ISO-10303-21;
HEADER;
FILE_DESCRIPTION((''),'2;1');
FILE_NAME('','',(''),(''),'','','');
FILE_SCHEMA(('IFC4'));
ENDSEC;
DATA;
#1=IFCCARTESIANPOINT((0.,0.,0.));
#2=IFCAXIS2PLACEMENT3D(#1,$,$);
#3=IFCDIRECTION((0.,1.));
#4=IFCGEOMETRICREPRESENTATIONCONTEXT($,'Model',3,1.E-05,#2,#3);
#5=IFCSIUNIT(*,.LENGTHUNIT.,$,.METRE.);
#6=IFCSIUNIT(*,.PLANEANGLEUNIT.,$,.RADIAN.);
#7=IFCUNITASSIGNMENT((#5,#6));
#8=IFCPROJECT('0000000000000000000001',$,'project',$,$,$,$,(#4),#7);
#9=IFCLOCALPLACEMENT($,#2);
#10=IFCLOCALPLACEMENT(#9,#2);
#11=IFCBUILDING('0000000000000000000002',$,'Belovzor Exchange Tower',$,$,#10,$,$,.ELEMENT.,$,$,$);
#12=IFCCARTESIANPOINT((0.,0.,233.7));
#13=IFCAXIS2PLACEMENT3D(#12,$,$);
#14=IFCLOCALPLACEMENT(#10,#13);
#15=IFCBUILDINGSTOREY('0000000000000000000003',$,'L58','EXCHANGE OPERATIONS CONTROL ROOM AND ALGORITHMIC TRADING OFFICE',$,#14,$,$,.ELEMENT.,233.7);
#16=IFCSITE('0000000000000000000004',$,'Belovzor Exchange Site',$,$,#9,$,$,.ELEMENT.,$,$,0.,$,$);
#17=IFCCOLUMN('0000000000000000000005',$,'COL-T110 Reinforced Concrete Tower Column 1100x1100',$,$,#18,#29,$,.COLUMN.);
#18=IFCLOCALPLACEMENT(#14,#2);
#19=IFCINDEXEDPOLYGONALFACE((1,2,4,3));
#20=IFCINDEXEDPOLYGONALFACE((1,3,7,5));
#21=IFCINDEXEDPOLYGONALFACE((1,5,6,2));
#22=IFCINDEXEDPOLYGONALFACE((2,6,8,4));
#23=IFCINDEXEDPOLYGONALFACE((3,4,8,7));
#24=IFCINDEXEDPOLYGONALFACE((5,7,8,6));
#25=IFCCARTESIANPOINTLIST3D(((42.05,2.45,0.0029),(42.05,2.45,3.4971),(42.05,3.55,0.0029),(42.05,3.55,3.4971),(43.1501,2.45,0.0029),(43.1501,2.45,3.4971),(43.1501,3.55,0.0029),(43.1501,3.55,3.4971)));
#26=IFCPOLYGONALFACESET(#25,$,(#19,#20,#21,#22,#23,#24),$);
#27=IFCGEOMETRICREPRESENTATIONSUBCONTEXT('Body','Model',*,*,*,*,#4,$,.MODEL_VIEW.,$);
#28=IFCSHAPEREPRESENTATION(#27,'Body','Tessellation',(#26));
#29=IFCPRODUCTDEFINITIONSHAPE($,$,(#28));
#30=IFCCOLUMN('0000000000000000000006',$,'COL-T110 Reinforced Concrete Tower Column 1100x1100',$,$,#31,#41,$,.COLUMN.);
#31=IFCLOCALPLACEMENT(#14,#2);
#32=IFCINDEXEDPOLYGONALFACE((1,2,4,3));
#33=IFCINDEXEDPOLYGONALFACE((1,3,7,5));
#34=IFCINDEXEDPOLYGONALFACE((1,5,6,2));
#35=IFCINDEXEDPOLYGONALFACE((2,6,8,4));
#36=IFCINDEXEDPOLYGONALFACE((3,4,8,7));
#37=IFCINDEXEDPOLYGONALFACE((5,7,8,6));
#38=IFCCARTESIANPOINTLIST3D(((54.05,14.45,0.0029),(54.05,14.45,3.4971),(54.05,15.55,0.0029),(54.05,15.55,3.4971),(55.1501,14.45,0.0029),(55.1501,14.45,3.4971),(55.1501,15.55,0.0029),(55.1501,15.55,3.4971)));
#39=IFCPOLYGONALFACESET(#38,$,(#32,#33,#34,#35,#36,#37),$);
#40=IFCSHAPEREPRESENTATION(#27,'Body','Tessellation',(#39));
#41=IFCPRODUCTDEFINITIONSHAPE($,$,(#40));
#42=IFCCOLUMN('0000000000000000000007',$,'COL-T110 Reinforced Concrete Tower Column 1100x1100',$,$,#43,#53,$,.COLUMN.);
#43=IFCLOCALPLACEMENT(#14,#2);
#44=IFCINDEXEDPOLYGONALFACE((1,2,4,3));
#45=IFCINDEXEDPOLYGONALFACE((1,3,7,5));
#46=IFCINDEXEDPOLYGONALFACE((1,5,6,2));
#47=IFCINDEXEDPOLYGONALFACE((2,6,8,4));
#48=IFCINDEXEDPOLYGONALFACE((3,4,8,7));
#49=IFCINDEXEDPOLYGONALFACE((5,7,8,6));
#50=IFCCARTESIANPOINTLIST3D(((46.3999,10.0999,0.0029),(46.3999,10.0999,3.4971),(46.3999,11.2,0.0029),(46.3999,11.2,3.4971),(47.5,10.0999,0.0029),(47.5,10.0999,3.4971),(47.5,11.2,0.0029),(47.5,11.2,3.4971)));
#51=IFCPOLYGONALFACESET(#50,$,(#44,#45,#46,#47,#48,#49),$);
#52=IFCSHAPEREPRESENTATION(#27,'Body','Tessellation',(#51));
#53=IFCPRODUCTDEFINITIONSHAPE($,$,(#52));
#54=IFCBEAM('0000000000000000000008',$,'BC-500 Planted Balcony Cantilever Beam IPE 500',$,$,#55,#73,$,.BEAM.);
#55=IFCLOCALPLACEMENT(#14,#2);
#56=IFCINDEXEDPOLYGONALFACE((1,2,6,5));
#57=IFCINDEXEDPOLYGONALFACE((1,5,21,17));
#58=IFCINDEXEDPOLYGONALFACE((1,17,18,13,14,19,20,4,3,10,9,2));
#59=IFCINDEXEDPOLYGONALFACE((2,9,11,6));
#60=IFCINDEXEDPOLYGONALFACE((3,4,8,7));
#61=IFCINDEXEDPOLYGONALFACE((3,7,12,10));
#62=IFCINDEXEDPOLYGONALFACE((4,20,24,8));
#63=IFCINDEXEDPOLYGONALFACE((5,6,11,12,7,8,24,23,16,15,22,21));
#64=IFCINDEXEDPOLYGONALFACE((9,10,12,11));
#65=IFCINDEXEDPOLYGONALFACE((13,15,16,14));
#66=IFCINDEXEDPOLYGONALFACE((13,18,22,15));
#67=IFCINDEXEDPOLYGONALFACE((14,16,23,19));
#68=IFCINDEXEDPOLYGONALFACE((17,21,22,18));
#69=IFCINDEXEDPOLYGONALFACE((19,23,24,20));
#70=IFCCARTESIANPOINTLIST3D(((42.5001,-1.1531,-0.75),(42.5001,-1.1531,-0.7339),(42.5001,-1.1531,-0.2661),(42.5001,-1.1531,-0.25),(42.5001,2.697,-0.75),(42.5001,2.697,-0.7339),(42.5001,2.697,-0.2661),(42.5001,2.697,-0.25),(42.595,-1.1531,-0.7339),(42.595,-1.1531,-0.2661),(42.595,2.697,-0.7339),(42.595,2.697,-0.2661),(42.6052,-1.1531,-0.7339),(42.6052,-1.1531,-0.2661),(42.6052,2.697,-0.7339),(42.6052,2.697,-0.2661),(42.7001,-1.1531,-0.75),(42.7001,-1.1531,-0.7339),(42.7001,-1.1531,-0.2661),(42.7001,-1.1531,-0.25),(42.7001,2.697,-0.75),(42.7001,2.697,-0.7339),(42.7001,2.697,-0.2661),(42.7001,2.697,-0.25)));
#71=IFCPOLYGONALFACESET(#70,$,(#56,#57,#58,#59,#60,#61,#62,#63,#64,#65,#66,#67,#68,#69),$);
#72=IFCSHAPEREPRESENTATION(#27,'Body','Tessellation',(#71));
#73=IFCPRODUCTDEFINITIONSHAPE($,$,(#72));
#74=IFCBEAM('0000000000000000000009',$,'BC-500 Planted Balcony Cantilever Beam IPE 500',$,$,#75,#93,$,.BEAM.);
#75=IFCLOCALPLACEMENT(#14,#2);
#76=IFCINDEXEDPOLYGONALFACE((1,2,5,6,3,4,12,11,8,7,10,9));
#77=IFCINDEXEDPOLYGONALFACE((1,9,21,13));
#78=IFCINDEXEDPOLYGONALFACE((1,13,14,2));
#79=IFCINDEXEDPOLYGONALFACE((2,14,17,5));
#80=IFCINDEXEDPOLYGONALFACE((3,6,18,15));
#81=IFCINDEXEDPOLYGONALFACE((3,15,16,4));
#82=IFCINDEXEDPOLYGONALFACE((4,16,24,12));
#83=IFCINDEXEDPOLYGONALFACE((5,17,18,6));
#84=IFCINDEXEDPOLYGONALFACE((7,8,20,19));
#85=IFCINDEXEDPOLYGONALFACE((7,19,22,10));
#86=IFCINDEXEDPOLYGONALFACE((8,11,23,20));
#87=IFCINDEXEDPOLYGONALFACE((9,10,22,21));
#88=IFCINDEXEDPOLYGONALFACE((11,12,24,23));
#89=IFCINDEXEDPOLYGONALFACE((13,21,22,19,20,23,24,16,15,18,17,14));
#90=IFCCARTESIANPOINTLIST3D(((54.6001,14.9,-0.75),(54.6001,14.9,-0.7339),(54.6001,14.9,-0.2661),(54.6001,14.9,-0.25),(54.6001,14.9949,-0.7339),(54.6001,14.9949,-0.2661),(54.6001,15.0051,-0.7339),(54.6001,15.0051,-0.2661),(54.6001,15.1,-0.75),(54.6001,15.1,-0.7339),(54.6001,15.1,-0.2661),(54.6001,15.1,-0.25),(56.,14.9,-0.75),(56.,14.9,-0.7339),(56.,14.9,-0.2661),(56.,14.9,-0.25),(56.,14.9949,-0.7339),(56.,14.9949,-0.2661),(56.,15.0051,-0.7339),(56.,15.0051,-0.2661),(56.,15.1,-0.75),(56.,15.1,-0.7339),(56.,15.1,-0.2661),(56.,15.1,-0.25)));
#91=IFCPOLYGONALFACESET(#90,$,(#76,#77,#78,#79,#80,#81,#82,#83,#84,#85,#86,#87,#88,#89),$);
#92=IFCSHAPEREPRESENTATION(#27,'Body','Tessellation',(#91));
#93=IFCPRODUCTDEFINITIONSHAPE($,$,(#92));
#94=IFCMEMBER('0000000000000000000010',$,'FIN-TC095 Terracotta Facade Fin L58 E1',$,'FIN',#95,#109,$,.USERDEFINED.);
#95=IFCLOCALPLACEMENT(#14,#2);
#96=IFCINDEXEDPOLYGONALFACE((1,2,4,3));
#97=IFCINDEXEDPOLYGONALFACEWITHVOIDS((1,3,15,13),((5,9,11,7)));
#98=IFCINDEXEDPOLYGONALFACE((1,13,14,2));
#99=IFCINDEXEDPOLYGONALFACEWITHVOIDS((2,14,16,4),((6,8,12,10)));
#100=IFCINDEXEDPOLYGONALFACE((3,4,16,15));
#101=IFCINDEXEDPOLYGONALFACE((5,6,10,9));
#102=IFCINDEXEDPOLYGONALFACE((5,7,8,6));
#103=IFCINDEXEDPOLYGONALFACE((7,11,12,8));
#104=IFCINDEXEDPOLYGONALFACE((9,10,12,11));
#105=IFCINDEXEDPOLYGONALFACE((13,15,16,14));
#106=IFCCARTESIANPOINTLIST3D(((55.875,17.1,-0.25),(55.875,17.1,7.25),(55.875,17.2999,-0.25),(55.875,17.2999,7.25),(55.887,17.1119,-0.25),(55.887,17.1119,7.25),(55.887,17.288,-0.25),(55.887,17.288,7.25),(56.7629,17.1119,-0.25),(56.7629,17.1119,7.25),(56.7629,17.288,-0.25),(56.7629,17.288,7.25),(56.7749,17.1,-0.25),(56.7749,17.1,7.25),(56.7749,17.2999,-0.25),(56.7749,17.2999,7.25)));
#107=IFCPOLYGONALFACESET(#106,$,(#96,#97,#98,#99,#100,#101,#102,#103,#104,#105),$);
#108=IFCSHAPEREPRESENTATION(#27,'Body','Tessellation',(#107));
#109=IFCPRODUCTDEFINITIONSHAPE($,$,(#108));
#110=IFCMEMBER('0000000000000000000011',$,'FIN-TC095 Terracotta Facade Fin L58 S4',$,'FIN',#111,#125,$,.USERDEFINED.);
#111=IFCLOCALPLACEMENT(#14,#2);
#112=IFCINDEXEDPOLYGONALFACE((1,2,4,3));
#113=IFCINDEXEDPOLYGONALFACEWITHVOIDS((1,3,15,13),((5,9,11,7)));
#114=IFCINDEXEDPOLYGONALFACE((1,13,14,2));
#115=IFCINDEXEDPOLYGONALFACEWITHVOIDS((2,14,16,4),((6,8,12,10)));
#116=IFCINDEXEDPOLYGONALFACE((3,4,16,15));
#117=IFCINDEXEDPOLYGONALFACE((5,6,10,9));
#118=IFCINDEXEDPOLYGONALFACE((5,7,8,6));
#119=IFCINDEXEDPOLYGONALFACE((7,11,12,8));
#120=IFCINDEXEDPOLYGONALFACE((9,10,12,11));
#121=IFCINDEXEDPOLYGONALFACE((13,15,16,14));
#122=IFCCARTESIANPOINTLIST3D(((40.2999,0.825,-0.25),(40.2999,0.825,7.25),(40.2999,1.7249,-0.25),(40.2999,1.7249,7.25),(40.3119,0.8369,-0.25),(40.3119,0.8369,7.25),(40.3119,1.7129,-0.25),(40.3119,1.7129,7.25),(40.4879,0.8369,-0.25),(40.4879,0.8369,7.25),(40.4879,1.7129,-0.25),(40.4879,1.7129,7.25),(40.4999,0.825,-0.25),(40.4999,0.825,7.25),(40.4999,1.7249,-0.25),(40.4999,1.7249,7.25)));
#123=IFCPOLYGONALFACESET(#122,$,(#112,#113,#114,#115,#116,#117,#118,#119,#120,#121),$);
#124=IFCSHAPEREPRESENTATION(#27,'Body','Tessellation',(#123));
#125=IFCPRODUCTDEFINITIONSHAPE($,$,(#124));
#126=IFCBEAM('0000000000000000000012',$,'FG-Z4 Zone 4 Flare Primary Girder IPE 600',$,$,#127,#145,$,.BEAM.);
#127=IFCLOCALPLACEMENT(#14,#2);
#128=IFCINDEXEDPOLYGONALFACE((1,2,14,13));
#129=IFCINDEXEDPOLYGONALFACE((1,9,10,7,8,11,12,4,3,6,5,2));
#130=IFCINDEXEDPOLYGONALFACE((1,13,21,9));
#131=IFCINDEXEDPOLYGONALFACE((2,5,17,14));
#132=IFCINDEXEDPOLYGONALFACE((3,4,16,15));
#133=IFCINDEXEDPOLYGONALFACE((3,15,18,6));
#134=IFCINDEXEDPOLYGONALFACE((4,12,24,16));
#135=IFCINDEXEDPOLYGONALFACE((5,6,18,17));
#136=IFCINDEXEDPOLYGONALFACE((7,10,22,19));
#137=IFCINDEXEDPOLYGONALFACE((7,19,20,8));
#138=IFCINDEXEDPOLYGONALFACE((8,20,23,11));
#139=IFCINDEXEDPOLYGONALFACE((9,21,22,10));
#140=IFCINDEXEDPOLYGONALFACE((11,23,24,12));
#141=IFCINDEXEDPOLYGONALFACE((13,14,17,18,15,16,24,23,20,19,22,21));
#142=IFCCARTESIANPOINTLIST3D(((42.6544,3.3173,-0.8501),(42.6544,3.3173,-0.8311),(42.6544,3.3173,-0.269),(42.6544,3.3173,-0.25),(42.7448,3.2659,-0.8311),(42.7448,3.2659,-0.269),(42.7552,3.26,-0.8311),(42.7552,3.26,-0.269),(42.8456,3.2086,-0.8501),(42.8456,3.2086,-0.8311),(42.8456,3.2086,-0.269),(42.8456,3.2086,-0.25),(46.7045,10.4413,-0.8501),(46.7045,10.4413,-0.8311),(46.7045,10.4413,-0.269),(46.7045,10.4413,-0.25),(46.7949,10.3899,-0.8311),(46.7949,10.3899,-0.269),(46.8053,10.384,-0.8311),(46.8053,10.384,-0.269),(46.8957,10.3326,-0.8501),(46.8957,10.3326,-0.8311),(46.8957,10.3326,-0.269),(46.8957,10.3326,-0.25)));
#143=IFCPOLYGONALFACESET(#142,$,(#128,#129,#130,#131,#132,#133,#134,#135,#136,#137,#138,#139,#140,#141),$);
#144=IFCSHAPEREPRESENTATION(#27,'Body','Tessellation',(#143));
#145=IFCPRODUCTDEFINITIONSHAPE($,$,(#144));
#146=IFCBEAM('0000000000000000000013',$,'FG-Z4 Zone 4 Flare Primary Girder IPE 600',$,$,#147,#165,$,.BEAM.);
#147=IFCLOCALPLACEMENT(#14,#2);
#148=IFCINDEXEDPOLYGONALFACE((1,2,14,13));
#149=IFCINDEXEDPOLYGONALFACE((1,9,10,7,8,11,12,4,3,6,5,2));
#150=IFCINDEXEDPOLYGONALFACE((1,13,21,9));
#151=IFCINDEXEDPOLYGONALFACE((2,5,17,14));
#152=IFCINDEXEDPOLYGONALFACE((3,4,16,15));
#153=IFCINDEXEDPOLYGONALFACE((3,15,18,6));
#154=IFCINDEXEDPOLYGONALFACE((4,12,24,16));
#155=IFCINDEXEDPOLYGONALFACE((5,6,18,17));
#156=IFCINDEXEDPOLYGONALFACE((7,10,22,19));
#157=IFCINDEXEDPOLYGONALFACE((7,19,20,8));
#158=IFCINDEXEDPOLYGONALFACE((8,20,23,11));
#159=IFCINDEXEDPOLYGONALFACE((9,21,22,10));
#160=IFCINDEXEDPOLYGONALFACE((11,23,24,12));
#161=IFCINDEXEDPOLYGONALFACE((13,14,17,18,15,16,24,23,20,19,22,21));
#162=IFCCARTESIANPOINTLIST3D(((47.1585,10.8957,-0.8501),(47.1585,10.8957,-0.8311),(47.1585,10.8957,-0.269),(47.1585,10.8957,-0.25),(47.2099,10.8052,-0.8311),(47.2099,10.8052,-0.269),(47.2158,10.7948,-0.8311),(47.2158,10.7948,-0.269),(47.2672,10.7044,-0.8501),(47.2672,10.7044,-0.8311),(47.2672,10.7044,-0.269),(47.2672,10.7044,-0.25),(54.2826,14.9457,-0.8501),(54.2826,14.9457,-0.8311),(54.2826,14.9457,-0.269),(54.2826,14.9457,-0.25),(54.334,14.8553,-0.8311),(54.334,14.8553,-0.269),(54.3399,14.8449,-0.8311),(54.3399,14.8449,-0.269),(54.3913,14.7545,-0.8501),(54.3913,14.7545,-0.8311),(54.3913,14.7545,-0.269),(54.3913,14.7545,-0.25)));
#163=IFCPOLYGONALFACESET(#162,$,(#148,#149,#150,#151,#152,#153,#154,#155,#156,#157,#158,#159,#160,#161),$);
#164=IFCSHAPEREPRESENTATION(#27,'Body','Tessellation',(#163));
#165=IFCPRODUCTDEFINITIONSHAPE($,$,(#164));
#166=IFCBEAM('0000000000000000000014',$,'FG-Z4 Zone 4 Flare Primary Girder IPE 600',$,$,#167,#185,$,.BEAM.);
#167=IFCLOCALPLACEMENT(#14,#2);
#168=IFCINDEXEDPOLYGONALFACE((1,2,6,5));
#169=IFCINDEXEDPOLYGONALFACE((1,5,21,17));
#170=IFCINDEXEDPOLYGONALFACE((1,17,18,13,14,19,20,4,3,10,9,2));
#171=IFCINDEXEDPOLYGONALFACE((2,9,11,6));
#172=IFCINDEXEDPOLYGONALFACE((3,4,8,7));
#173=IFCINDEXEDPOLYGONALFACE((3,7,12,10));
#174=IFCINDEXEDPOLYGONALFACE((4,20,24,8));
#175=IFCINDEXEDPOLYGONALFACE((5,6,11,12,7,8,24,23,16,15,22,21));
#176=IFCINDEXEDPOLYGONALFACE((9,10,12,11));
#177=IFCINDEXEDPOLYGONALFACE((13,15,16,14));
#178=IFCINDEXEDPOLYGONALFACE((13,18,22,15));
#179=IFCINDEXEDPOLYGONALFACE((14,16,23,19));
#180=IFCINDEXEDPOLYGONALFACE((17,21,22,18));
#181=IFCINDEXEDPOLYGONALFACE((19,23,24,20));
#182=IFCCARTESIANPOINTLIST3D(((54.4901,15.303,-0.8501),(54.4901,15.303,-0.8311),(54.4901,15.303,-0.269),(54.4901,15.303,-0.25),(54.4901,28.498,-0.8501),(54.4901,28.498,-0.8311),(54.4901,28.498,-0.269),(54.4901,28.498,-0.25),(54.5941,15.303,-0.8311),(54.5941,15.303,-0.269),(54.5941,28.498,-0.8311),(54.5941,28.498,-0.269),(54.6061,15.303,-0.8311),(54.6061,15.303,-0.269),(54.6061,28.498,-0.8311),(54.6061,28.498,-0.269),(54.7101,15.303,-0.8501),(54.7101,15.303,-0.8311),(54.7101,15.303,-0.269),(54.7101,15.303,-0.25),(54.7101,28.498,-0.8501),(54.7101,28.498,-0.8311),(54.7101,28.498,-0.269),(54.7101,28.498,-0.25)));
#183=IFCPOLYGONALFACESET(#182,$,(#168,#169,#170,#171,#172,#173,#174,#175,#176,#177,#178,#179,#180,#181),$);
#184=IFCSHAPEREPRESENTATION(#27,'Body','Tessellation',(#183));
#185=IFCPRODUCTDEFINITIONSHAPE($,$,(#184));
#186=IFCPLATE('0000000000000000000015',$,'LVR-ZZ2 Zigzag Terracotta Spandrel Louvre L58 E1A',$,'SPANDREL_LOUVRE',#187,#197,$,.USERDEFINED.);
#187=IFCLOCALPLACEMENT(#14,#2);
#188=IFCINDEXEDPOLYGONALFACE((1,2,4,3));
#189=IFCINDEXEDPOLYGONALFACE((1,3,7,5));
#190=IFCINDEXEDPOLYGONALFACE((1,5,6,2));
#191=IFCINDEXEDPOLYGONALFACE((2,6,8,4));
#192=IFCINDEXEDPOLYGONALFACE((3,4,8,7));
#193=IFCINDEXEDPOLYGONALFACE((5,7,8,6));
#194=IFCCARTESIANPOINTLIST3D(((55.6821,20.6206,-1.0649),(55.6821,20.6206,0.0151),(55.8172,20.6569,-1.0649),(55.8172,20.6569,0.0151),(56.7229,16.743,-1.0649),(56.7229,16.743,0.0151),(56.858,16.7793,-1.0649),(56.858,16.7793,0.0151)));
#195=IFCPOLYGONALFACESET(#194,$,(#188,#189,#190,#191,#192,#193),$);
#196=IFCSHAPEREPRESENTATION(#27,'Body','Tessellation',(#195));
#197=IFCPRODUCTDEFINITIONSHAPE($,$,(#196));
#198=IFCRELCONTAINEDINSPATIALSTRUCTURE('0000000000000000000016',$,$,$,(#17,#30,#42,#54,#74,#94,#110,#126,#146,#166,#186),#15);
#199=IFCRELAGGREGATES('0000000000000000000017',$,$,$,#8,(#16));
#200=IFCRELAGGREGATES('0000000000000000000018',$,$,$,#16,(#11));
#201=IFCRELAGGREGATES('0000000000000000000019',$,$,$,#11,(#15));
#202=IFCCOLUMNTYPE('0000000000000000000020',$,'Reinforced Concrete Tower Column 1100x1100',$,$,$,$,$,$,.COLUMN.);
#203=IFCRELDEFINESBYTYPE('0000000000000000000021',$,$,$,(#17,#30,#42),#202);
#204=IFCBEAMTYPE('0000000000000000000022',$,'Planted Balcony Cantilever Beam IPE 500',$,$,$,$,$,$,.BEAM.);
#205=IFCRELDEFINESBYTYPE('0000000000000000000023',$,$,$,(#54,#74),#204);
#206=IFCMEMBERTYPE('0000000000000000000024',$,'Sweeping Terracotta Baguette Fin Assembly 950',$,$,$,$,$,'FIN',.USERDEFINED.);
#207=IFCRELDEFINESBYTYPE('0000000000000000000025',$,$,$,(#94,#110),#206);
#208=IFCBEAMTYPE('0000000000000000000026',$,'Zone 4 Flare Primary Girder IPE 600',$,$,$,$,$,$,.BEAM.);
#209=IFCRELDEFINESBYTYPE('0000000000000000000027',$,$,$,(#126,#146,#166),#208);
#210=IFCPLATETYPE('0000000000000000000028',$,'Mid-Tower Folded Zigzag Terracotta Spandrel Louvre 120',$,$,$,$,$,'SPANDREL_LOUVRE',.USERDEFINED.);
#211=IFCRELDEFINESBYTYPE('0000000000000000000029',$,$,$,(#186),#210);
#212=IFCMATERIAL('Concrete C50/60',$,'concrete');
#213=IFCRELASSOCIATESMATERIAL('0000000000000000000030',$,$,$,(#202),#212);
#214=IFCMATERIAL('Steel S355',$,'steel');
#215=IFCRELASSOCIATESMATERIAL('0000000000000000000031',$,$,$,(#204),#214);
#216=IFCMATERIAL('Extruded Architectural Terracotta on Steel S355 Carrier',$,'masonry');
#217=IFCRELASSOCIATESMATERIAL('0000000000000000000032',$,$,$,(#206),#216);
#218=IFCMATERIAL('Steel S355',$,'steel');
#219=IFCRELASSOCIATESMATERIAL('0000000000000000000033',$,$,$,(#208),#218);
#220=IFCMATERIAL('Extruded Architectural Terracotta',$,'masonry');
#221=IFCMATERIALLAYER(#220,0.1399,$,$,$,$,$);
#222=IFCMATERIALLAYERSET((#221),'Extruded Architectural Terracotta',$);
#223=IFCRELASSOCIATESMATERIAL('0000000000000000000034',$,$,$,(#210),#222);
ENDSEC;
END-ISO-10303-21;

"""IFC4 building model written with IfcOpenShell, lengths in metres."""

from ifc_helpers import new_model, si_unit, direction, frame, origin, origin_2d, place, context, subcontext, project, spatial, rectangle, hollow_rectangle, i_section, extrude, material, layer, layer_set, material_profile, profile_set, type_object, element, save


model = new_model("IFC4")

# Units and contexts
model_context = context("Model", 3, precision=1e-05, world=origin(), true_north=direction((0.0, 1.0)))
body_context = subcontext(model_context, "Body", "Model", "MODEL_VIEW")
ifc_project = project(units=[si_unit("LENGTHUNIT", "METRE"), si_unit("PLANEANGLEUNIT", "RADIAN")], contexts=[model_context])

# Site, building, storey
site_placement = place(None, origin())
site = spatial("IfcSite", under=ifc_project, at=site_placement, Name="Belovzor Exchange Site", CompositionType="ELEMENT", RefElevation=0.0)
building_placement = place(site_placement, origin())
building = spatial("IfcBuilding", under=site, at=building_placement, Name="Belovzor Exchange Tower", CompositionType="ELEMENT")
storey_placement = place(building_placement, frame((0.0, 0.0, 233.7)))
storey = spatial("IfcBuildingStorey", under=building, at=storey_placement, Name="L58", Description="EXCHANGE OPERATIONS CONTROL ROOM AND ALGORITHMIC TRADING OFFICE", CompositionType="ELEMENT", Elevation=233.7)

# Columns
ifc_material_1 = material(Name="Concrete C50/60", Category="concrete")
ifc_material_profile_1 = material_profile(ifc_material_1, rectangle(XDim=1.1001, YDim=1.1001, at=origin_2d()))
ifc_profile_set_1 = profile_set([ifc_material_profile_1], Name="Concrete C50/60")
column_type = type_object("IfcColumnType", Name="Reinforced Concrete Tower Column 1100x1100", PredefinedType="COLUMN", material=ifc_profile_set_1)
for number, where, z_axis, x_axis, name in (
    (1, (42.6001, 3.0, 0.0029), (0.0, 0.0, 1.0), (1.0, 0.0, 0.0), "COL-T110 Reinforced Concrete Tower Column 1100x1100"),
    (2, (54.6001, 15.0, 0.0029), (0.0, 0.0, 1.0), (1.0, 0.0, 0.0), "COL-T110 Reinforced Concrete Tower Column 1100x1100"),
    (3, (46.95, 10.6499, 0.0029), (0.0, 0.0, 1.0), (1.0, 0.0, 0.0), "COL-T110 Reinforced Concrete Tower Column 1100x1100"),
):
    element("IfcColumn", number, at=place(storey_placement, frame(where, z_axis=z_axis, x_axis=x_axis)), inside=storey, type_object=column_type, Name=name, PredefinedType="COLUMN", context=body_context, shape_type="SweptSolid", body=[
        extrude(rectangle(XDim=1.1001, YDim=1.1001, at=origin_2d()), origin(), (0.0, 0.0, 1.0), 3.4941),
    ])

# Beams
ifc_material_2 = material(Name="Steel S355", Category="steel")
ifc_material_profile_2 = material_profile(ifc_material_2, i_section(OverallWidth=0.2, OverallDepth=0.5, WebThickness=0.0103, FlangeThickness=0.0161, at=origin_2d()))
ifc_profile_set_2 = profile_set([ifc_material_profile_2], Name="Steel S355")
beam_type_1 = type_object("IfcBeamType", Name="Planted Balcony Cantilever Beam IPE 500", PredefinedType="BEAM", material=ifc_profile_set_2)
beam_1_placement = place(storey_placement, frame((42.6001, 2.697, -0.5), z_axis=(0.0, -1.0, 0.0), x_axis=(1.0, 0.0, 0.0)))
element("IfcBeam", 4, at=beam_1_placement, inside=storey, type_object=beam_type_1, Name="BC-500 Planted Balcony Cantilever Beam IPE 500", PredefinedType="BEAM", context=body_context, shape_type="SweptSolid", body=[
    extrude(i_section(OverallWidth=0.2, OverallDepth=0.5, WebThickness=0.0103, FlangeThickness=0.0161, at=origin_2d()), origin(), (0.0, 0.0, 1.0), 3.8501),
])
beam_2_placement = place(storey_placement, frame((54.6001, 15.0, -0.5), z_axis=(1.0, 0.0, 0.0), x_axis=(0.0, 1.0, 0.0)))
element("IfcBeam", 5, at=beam_2_placement, inside=storey, type_object=beam_type_1, Name="BC-500 Planted Balcony Cantilever Beam IPE 500", PredefinedType="BEAM", context=body_context, shape_type="SweptSolid", body=[
    extrude(i_section(OverallWidth=0.2, OverallDepth=0.5, WebThickness=0.0103, FlangeThickness=0.0161, at=origin_2d()), origin(), (0.0, 0.0, 1.0), 1.3999),
])

# Members
ifc_material_3 = material(Name="Extruded Architectural Terracotta on Steel S355 Carrier", Category="masonry")
ifc_material_profile_3 = material_profile(ifc_material_3, hollow_rectangle(XDim=0.2, YDim=0.8999, WallThickness=0.012, at=origin_2d()))
ifc_profile_set_3 = profile_set([ifc_material_profile_3], Name="Extruded Architectural Terracotta on Steel S355 Carrier")
member_type = type_object("IfcMemberType", Name="Sweeping Terracotta Baguette Fin Assembly 950", ElementType="FIN", PredefinedType="USERDEFINED", material=ifc_profile_set_3)
for number, where, z_axis, x_axis, name in (
    (6, (56.325, 17.2, -0.25), (0.0, 0.0, 1.0), (0.0, 1.0, 0.0), "FIN-TC095 Terracotta Facade Fin L58 E1"),
    (7, (40.3999, 1.2749, -0.25), (0.0, 0.0, 1.0), (1.0, 0.0, 0.0), "FIN-TC095 Terracotta Facade Fin L58 S4"),
):
    element("IfcMember", number, at=place(storey_placement, frame(where, z_axis=z_axis, x_axis=x_axis)), inside=storey, type_object=member_type, Name=name, ObjectType="FIN", PredefinedType="USERDEFINED", context=body_context, shape_type="SweptSolid", body=[
        extrude(hollow_rectangle(XDim=0.2, YDim=0.8999, WallThickness=0.012, at=origin_2d()), origin(), (0.0, 0.0, 1.0), 7.5),
    ])

# Beams
ifc_material_4 = material(Name="Steel S355", Category="steel")
ifc_material_profile_4 = material_profile(ifc_material_4, i_section(OverallWidth=0.22, OverallDepth=0.6001, WebThickness=0.012, FlangeThickness=0.019, at=origin_2d()))
ifc_profile_set_4 = profile_set([ifc_material_profile_4], Name="Steel S355")
beam_type_2 = type_object("IfcBeamType", Name="Zone 4 Flare Primary Girder IPE 600", PredefinedType="BEAM", material=ifc_profile_set_4)
for number, where, z_axis, x_axis, name in (
    (8, (42.75, 3.2629, -0.55), (0.494222, 0.869336, 0.0), (-0.869336, 0.494222, 0.0), "FG-Z4 Zone 4 Flare Primary Girder IPE 600"),
    (9, (47.2129, 10.8, -0.55), (0.869336, 0.494222, 0.0), (-0.494222, 0.869336, 0.0), "FG-Z4 Zone 4 Flare Primary Girder IPE 600"),
):
    element("IfcBeam", number, at=place(storey_placement, frame(where, z_axis=z_axis, x_axis=x_axis)), inside=storey, type_object=beam_type_2, Name=name, PredefinedType="BEAM", context=body_context, shape_type="SweptSolid", body=[
        extrude(i_section(OverallWidth=0.22, OverallDepth=0.6001, WebThickness=0.012, FlangeThickness=0.019, at=origin_2d()), origin(), (0.0, 0.0, 1.0), 8.1948),
    ])
beam_3_placement = place(storey_placement, frame((54.6001, 15.303, -0.55), z_axis=(0.0, 1.0, 0.0), x_axis=(-1.0, 0.0, 0.0)))
element("IfcBeam", 10, at=beam_3_placement, inside=storey, type_object=beam_type_2, Name="FG-Z4 Zone 4 Flare Primary Girder IPE 600", PredefinedType="BEAM", context=body_context, shape_type="SweptSolid", body=[
    extrude(i_section(OverallWidth=0.22, OverallDepth=0.6001, WebThickness=0.012, FlangeThickness=0.019, at=origin_2d()), origin(), (0.0, 0.0, 1.0), 13.1951),
])

# Plate
ifc_material_5 = material(Name="Extruded Architectural Terracotta", Category="masonry")
ifc_layer_1 = layer(ifc_material_5, 0.1399)
ifc_layer_set_1 = layer_set([ifc_layer_1], Name="Extruded Architectural Terracotta")
plate_type = type_object("IfcPlateType", Name="Mid-Tower Folded Zigzag Terracotta Spandrel Louvre 120", ElementType="SPANDREL_LOUVRE", PredefinedType="USERDEFINED", material=ifc_layer_set_1)
plate_placement = place(storey_placement, frame((56.27, 18.7, -1.0649), z_axis=(0.0, 0.0, 1.0), x_axis=(-0.25924, 0.965813, 0.0)))
element("IfcPlate", 11, at=plate_placement, inside=storey, type_object=plate_type, Name="LVR-ZZ2 Zigzag Terracotta Spandrel Louvre L58 E1A", ObjectType="SPANDREL_LOUVRE", PredefinedType="USERDEFINED", context=body_context, shape_type="SweptSolid", body=[
    extrude(rectangle(XDim=4.0149, YDim=0.1399, at=origin_2d()), origin(), (0.0, 0.0, 1.0), 1.0801),
])

save(model, "model.ifc")
